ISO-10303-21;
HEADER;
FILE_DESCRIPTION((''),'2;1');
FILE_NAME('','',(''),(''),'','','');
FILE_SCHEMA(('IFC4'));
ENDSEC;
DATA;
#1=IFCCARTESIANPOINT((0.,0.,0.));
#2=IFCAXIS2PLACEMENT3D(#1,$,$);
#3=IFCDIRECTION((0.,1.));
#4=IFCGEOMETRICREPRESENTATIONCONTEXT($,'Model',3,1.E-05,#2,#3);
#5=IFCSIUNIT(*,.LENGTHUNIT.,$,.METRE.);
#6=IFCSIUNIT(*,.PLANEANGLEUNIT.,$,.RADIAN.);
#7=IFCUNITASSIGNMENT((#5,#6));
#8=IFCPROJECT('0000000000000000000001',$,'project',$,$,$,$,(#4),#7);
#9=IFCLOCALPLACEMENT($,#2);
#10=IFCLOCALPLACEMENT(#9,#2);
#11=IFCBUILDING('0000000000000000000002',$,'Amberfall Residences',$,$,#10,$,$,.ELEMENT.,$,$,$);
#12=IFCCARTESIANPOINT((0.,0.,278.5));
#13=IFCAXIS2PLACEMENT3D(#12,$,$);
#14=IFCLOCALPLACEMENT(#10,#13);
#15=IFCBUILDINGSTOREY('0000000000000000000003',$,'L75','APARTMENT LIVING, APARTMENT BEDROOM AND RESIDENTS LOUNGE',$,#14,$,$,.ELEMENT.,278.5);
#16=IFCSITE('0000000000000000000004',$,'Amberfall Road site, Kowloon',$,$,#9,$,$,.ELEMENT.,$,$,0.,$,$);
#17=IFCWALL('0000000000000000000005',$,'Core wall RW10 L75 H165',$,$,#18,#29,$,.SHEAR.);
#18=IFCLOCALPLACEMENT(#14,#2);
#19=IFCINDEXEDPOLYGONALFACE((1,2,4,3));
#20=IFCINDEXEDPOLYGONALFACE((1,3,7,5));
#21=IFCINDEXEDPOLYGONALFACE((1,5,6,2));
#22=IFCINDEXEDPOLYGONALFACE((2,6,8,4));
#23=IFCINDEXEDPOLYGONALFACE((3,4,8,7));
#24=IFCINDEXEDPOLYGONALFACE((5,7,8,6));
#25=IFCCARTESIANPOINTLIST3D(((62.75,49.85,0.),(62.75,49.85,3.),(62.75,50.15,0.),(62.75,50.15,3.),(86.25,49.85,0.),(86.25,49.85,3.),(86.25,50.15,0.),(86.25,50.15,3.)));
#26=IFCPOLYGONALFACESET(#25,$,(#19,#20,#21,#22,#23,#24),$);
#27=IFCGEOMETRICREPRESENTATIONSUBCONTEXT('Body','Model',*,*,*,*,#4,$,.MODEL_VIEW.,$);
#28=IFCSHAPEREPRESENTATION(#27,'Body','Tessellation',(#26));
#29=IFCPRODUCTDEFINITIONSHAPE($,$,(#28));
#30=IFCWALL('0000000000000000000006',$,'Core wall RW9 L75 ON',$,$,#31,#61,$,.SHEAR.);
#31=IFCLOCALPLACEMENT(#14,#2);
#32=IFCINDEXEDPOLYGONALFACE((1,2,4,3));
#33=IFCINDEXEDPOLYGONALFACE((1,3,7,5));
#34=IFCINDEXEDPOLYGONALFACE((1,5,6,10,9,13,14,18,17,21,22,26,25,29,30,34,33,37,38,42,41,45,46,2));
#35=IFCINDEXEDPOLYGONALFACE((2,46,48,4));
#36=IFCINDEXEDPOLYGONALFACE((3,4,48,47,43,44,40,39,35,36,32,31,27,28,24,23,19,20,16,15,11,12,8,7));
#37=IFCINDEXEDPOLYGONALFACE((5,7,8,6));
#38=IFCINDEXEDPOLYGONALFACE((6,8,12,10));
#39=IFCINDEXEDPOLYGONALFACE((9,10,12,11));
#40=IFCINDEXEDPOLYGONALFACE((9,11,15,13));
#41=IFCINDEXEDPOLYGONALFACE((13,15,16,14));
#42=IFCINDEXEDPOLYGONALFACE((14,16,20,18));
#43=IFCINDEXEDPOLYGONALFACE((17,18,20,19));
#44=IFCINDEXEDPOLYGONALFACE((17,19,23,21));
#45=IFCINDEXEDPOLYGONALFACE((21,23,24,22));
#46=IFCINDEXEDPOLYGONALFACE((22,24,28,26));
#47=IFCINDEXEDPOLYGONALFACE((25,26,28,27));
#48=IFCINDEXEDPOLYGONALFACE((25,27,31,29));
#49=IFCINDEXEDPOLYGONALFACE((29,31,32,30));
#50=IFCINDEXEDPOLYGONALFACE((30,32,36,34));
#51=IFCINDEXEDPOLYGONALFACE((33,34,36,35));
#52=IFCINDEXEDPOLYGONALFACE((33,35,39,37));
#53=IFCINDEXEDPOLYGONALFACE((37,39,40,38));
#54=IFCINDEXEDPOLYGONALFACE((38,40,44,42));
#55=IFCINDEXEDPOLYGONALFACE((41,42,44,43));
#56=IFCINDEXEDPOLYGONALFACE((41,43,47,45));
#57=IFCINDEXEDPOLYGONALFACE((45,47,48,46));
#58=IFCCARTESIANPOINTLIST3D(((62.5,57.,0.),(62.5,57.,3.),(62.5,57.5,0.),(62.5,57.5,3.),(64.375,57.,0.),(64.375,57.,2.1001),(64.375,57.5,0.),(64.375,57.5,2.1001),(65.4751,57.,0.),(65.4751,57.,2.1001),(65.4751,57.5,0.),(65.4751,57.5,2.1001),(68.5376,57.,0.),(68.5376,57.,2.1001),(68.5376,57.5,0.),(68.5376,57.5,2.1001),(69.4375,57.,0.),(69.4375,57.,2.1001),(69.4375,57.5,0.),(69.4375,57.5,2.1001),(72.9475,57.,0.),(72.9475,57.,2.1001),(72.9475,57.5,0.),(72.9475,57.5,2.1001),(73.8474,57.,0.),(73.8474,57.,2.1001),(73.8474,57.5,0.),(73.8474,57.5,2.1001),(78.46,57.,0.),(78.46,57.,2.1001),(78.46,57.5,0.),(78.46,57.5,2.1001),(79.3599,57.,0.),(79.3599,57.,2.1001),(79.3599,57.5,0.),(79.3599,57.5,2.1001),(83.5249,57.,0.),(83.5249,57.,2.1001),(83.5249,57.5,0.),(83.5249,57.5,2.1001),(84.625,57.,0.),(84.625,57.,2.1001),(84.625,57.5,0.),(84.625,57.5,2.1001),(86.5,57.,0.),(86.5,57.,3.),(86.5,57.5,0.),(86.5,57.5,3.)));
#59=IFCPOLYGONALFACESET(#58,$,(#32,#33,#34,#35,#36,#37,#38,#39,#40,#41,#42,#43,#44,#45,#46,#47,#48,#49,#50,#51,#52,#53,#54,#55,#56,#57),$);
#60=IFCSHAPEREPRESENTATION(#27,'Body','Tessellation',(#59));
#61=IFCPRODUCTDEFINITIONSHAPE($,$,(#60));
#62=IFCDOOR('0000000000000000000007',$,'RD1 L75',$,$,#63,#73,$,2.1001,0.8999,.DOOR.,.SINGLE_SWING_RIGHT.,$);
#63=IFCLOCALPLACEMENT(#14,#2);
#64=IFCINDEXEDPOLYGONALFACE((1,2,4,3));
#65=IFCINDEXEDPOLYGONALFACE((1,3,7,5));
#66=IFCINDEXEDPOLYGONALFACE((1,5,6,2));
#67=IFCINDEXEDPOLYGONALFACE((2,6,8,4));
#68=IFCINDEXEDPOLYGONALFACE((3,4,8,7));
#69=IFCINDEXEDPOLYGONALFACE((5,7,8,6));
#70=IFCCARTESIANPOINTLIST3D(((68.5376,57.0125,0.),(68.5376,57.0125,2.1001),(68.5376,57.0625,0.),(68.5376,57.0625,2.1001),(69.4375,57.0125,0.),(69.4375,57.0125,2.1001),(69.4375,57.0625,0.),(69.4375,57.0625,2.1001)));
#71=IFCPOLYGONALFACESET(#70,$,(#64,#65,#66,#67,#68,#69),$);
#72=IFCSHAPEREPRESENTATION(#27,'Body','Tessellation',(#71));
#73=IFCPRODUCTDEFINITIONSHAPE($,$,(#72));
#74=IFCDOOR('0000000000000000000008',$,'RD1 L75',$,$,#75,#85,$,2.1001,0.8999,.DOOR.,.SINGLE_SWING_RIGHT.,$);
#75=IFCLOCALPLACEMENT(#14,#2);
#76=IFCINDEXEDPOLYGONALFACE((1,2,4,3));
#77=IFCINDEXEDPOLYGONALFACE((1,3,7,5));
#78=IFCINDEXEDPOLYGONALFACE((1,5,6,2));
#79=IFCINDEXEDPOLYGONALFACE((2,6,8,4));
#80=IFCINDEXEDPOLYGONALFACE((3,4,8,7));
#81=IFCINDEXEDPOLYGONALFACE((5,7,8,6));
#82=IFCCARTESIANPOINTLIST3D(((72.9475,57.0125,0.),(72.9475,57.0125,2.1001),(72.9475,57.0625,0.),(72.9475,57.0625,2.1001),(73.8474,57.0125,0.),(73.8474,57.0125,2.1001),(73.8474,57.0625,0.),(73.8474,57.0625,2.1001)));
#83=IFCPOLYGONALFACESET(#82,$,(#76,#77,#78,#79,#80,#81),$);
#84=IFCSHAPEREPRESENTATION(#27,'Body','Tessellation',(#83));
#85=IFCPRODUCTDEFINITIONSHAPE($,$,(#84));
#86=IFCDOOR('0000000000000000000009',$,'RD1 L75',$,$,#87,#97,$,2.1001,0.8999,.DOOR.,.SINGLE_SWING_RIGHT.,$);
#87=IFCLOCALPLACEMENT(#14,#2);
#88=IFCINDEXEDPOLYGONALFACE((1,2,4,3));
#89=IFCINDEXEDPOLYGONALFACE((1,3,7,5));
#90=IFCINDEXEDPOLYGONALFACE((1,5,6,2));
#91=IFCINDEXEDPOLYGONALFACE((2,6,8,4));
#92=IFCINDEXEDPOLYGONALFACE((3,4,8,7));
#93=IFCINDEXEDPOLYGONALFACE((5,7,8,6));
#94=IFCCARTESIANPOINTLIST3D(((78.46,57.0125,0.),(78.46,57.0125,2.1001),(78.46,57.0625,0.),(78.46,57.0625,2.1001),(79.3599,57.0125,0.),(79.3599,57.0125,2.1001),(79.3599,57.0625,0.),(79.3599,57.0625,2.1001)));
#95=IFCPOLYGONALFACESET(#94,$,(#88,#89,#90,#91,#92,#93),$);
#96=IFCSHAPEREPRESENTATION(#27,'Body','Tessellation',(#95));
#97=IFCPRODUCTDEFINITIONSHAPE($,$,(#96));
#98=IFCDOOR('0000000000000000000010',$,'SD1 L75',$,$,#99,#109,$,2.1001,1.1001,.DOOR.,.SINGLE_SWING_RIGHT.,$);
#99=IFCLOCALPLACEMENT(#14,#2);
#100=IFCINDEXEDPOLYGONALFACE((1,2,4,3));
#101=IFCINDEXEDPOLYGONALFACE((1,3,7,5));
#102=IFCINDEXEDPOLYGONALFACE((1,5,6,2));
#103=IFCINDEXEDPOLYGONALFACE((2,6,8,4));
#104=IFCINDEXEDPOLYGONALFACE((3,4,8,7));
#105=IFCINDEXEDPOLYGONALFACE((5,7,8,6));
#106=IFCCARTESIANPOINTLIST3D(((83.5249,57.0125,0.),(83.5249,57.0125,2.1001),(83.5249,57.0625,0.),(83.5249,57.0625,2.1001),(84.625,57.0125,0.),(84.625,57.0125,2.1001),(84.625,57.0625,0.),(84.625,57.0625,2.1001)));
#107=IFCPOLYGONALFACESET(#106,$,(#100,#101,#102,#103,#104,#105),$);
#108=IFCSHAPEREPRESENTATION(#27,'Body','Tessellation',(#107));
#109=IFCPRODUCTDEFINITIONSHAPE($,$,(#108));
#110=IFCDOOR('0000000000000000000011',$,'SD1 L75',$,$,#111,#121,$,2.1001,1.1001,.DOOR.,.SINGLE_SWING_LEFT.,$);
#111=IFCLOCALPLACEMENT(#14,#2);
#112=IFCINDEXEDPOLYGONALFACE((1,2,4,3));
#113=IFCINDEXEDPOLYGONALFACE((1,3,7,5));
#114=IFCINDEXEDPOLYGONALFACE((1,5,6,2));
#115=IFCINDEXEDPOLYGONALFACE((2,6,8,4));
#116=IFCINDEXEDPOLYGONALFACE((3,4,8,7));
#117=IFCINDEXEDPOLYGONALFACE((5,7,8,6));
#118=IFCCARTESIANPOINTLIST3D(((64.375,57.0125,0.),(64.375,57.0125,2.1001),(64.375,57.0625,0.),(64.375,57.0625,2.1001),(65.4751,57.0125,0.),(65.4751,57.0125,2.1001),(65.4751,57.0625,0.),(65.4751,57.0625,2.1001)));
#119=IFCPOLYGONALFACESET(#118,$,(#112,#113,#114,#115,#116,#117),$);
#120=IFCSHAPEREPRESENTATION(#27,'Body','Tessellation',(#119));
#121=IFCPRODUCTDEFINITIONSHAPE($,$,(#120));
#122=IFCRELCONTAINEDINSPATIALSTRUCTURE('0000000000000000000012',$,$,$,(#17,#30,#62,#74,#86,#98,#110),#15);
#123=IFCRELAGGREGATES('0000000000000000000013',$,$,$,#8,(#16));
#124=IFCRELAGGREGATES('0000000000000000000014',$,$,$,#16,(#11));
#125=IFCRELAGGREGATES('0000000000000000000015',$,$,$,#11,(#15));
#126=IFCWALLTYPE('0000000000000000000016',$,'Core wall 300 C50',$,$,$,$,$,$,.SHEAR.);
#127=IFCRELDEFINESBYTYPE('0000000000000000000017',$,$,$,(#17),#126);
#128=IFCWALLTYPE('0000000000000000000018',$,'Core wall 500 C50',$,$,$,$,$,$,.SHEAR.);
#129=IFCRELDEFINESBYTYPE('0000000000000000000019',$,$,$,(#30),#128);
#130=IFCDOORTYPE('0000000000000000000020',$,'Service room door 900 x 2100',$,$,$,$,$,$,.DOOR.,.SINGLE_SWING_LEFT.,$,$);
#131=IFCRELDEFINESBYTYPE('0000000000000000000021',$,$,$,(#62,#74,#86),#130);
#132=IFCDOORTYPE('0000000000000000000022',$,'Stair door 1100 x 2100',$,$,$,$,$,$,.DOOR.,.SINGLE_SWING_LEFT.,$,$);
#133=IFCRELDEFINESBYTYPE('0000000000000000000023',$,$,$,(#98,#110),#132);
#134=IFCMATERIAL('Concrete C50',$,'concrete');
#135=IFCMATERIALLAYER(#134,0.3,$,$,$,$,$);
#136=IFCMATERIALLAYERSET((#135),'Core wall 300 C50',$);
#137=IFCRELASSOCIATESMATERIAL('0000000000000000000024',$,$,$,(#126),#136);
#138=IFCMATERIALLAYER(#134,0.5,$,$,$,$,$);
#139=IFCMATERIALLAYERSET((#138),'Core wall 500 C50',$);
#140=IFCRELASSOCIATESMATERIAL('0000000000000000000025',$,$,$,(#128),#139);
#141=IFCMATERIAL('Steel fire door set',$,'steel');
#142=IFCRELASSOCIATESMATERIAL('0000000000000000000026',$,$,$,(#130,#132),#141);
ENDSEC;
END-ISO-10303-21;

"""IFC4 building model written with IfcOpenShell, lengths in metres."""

from ifc_helpers import new_model, si_unit, direction, frame, frame_2d, origin, place, context, subcontext, project, spatial, rectangle, extrude, material, layer, layer_set, type_object, element, fill, save


model = new_model("IFC4")

# Units and contexts
model_context = context("Model", 3, precision=1e-05, world=origin(), true_north=direction((0.0, 1.0)))
body_context = subcontext(model_context, "Body", "Model", "MODEL_VIEW")
ifc_project = project(units=[si_unit("LENGTHUNIT", "METRE"), si_unit("PLANEANGLEUNIT", "RADIAN")], contexts=[model_context])

# Site, building, storey
site_placement = place(None, origin())
site = spatial("IfcSite", under=ifc_project, at=site_placement, Name="Amberfall Road site, Kowloon", CompositionType="ELEMENT", RefElevation=0.0)
building_placement = place(site_placement, origin())
building = spatial("IfcBuilding", under=site, at=building_placement, Name="Amberfall Residences", CompositionType="ELEMENT")
storey_placement = place(building_placement, frame((0.0, 0.0, 278.5)))
storey = spatial("IfcBuildingStorey", under=building, at=storey_placement, Name="L75", Description="APARTMENT LIVING, APARTMENT BEDROOM AND RESIDENTS LOUNGE", CompositionType="ELEMENT", Elevation=278.5)

# Wall
ifc_material_1 = material(Name="Concrete C50", Category="concrete")
ifc_layer_1 = layer(ifc_material_1, 0.3)
ifc_layer_set_1 = layer_set([ifc_layer_1], Name="Core wall 300 C50")
wall_type_1 = type_object("IfcWallType", Name="Core wall 300 C50", PredefinedType="SHEAR", material=ifc_layer_set_1)
wall_1_placement = place(storey_placement, frame((62.75, 50.0, 0.0), z_axis=(0.0, 0.0, 1.0), x_axis=(1.0, 0.0, 0.0)))
element("IfcWall", 1, at=wall_1_placement, inside=storey, type_object=wall_type_1, Name="Core wall RW10 L75 H165", PredefinedType="SHEAR", context=body_context, shape_type="SweptSolid", body=[
    extrude(rectangle(XDim=23.5, YDim=0.3, at=frame_2d((11.75, 0.0))), origin(), (0.0, 0.0, 1.0), 3.0),
])

# Wall, openings, doors
ifc_layer_2 = layer(ifc_material_1, 0.5)
ifc_layer_set_2 = layer_set([ifc_layer_2], Name="Core wall 500 C50")
wall_type_2 = type_object("IfcWallType", Name="Core wall 500 C50", PredefinedType="SHEAR", material=ifc_layer_set_2)
wall_2_placement = place(storey_placement, frame((62.5, 57.25, 0.0), z_axis=(0.0, 0.0, 1.0), x_axis=(1.0, 0.0, 0.0)))
wall_2 = element("IfcWall", 2, at=wall_2_placement, inside=storey, type_object=wall_type_2, Name="Core wall RW9 L75 ON", PredefinedType="SHEAR", context=body_context, shape_type="SweptSolid", body=[
    extrude(rectangle(XDim=24.0, YDim=0.5, at=frame_2d((12.0, 0.0))), origin(), (0.0, 0.0, 1.0), 3.0),
])
opening_1_placement = place(wall_2_placement, frame((21.0249, 0.0, 0.0)))
opening_1 = element("IfcOpeningElement", 3, at=opening_1_placement, cuts=wall_2, PredefinedType="OPENING", context=body_context, shape_type="SweptSolid", body=[
    extrude(rectangle(XDim=1.1001, YDim=2.1001, at=frame_2d((0.55, 1.05))), frame((0.0, 0.26, 0.0), z_axis=(0.0, -1.0, 0.0), x_axis=(1.0, 0.0, 0.0)), (0.0, 0.0, 1.0), 0.52),
])
opening_2_placement = place(wall_2_placement, frame((1.875, 0.0, 0.0)))
opening_2 = element("IfcOpeningElement", 4, at=opening_2_placement, cuts=wall_2, PredefinedType="OPENING", context=body_context, shape_type="SweptSolid", body=[
    extrude(rectangle(XDim=1.1001, YDim=2.1001, at=frame_2d((0.55, 1.05))), frame((0.0, 0.26, 0.0), z_axis=(0.0, -1.0, 0.0), x_axis=(1.0, 0.0, 0.0)), (0.0, 0.0, 1.0), 0.52),
])
opening_3_placement = place(wall_2_placement, frame((6.0376, 0.0, 0.0)))
opening_3 = element("IfcOpeningElement", 5, at=opening_3_placement, cuts=wall_2, PredefinedType="OPENING", context=body_context, shape_type="SweptSolid", body=[
    extrude(rectangle(XDim=0.8999, YDim=2.1001, at=frame_2d((0.45, 1.05))), frame((0.0, 0.26, 0.0), z_axis=(0.0, -1.0, 0.0), x_axis=(1.0, 0.0, 0.0)), (0.0, 0.0, 1.0), 0.52),
])
opening_4_placement = place(wall_2_placement, frame((10.4475, 0.0, 0.0)))
opening_4 = element("IfcOpeningElement", 6, at=opening_4_placement, cuts=wall_2, PredefinedType="OPENING", context=body_context, shape_type="SweptSolid", body=[
    extrude(rectangle(XDim=0.8999, YDim=2.1001, at=frame_2d((0.45, 1.05))), frame((0.0, 0.26, 0.0), z_axis=(0.0, -1.0, 0.0), x_axis=(1.0, 0.0, 0.0)), (0.0, 0.0, 1.0), 0.52),
])
opening_5_placement = place(wall_2_placement, frame((15.96, 0.0, 0.0)))
opening_5 = element("IfcOpeningElement", 7, at=opening_5_placement, cuts=wall_2, PredefinedType="OPENING", context=body_context, shape_type="SweptSolid", body=[
    extrude(rectangle(XDim=0.8999, YDim=2.1001, at=frame_2d((0.45, 1.05))), frame((0.0, 0.26, 0.0), z_axis=(0.0, -1.0, 0.0), x_axis=(1.0, 0.0, 0.0)), (0.0, 0.0, 1.0), 0.52),
])
ifc_material_2 = material(Name="Steel fire door set", Category="steel")
door_type_1 = type_object("IfcDoorType", Name="Service room door 900 x 2100", OperationType="SINGLE_SWING_LEFT", PredefinedType="DOOR", material=ifc_material_2)
door_1_placement = place(opening_3_placement, origin())
door_1 = element("IfcDoor", 8, at=door_1_placement, inside=storey, type_object=door_type_1, Name="RD1 L75", OperationType="SINGLE_SWING_RIGHT", OverallHeight=2.1001, OverallWidth=0.8999, PredefinedType="DOOR", context=body_context, shape_type="SweptSolid", body=[
    extrude(rectangle(XDim=0.8999, YDim=2.1001, at=frame_2d((0.45, 1.05))), frame((0.0, -0.1875, 0.0), z_axis=(0.0, -1.0, 0.0), x_axis=(1.0, 0.0, 0.0)), (0.0, 0.0, 1.0), 0.05),
])
fill(opening_3, door_1)
door_2_placement = place(opening_4_placement, origin())
door_2 = element("IfcDoor", 9, at=door_2_placement, inside=storey, type_object=door_type_1, Name="RD1 L75", OperationType="SINGLE_SWING_RIGHT", OverallHeight=2.1001, OverallWidth=0.8999, PredefinedType="DOOR", context=body_context, shape_type="SweptSolid", body=[
    extrude(rectangle(XDim=0.8999, YDim=2.1001, at=frame_2d((0.45, 1.05))), frame((0.0, -0.1875, 0.0), z_axis=(0.0, -1.0, 0.0), x_axis=(1.0, 0.0, 0.0)), (0.0, 0.0, 1.0), 0.05),
])
fill(opening_4, door_2)
door_3_placement = place(opening_5_placement, origin())
door_3 = element("IfcDoor", 10, at=door_3_placement, inside=storey, type_object=door_type_1, Name="RD1 L75", OperationType="SINGLE_SWING_RIGHT", OverallHeight=2.1001, OverallWidth=0.8999, PredefinedType="DOOR", context=body_context, shape_type="SweptSolid", body=[
    extrude(rectangle(XDim=0.8999, YDim=2.1001, at=frame_2d((0.45, 1.05))), frame((0.0, -0.1875, 0.0), z_axis=(0.0, -1.0, 0.0), x_axis=(1.0, 0.0, 0.0)), (0.0, 0.0, 1.0), 0.05),
])
fill(opening_5, door_3)
door_type_2 = type_object("IfcDoorType", Name="Stair door 1100 x 2100", OperationType="SINGLE_SWING_LEFT", PredefinedType="DOOR", material=ifc_material_2)
door_4_placement = place(opening_1_placement, origin())
door_4 = element("IfcDoor", 11, at=door_4_placement, inside=storey, type_object=door_type_2, Name="SD1 L75", OperationType="SINGLE_SWING_RIGHT", OverallHeight=2.1001, OverallWidth=1.1001, PredefinedType="DOOR", context=body_context, shape_type="SweptSolid", body=[
    extrude(rectangle(XDim=1.1001, YDim=2.1001, at=frame_2d((0.55, 1.05))), frame((0.0, -0.1875, 0.0), z_axis=(0.0, -1.0, 0.0), x_axis=(1.0, 0.0, 0.0)), (0.0, 0.0, 1.0), 0.05),
])
fill(opening_1, door_4)
door_5_placement = place(opening_2_placement, origin())
door_5 = element("IfcDoor", 12, at=door_5_placement, inside=storey, type_object=door_type_2, Name="SD1 L75", OperationType="SINGLE_SWING_LEFT", OverallHeight=2.1001, OverallWidth=1.1001, PredefinedType="DOOR", context=body_context, shape_type="SweptSolid", body=[
    extrude(rectangle(XDim=1.1001, YDim=2.1001, at=frame_2d((0.55, 1.05))), frame((0.0, -0.1875, 0.0), z_axis=(0.0, -1.0, 0.0), x_axis=(1.0, 0.0, 0.0)), (0.0, 0.0, 1.0), 0.05),
])
fill(opening_2, door_5)

save(model, "model.ifc")
